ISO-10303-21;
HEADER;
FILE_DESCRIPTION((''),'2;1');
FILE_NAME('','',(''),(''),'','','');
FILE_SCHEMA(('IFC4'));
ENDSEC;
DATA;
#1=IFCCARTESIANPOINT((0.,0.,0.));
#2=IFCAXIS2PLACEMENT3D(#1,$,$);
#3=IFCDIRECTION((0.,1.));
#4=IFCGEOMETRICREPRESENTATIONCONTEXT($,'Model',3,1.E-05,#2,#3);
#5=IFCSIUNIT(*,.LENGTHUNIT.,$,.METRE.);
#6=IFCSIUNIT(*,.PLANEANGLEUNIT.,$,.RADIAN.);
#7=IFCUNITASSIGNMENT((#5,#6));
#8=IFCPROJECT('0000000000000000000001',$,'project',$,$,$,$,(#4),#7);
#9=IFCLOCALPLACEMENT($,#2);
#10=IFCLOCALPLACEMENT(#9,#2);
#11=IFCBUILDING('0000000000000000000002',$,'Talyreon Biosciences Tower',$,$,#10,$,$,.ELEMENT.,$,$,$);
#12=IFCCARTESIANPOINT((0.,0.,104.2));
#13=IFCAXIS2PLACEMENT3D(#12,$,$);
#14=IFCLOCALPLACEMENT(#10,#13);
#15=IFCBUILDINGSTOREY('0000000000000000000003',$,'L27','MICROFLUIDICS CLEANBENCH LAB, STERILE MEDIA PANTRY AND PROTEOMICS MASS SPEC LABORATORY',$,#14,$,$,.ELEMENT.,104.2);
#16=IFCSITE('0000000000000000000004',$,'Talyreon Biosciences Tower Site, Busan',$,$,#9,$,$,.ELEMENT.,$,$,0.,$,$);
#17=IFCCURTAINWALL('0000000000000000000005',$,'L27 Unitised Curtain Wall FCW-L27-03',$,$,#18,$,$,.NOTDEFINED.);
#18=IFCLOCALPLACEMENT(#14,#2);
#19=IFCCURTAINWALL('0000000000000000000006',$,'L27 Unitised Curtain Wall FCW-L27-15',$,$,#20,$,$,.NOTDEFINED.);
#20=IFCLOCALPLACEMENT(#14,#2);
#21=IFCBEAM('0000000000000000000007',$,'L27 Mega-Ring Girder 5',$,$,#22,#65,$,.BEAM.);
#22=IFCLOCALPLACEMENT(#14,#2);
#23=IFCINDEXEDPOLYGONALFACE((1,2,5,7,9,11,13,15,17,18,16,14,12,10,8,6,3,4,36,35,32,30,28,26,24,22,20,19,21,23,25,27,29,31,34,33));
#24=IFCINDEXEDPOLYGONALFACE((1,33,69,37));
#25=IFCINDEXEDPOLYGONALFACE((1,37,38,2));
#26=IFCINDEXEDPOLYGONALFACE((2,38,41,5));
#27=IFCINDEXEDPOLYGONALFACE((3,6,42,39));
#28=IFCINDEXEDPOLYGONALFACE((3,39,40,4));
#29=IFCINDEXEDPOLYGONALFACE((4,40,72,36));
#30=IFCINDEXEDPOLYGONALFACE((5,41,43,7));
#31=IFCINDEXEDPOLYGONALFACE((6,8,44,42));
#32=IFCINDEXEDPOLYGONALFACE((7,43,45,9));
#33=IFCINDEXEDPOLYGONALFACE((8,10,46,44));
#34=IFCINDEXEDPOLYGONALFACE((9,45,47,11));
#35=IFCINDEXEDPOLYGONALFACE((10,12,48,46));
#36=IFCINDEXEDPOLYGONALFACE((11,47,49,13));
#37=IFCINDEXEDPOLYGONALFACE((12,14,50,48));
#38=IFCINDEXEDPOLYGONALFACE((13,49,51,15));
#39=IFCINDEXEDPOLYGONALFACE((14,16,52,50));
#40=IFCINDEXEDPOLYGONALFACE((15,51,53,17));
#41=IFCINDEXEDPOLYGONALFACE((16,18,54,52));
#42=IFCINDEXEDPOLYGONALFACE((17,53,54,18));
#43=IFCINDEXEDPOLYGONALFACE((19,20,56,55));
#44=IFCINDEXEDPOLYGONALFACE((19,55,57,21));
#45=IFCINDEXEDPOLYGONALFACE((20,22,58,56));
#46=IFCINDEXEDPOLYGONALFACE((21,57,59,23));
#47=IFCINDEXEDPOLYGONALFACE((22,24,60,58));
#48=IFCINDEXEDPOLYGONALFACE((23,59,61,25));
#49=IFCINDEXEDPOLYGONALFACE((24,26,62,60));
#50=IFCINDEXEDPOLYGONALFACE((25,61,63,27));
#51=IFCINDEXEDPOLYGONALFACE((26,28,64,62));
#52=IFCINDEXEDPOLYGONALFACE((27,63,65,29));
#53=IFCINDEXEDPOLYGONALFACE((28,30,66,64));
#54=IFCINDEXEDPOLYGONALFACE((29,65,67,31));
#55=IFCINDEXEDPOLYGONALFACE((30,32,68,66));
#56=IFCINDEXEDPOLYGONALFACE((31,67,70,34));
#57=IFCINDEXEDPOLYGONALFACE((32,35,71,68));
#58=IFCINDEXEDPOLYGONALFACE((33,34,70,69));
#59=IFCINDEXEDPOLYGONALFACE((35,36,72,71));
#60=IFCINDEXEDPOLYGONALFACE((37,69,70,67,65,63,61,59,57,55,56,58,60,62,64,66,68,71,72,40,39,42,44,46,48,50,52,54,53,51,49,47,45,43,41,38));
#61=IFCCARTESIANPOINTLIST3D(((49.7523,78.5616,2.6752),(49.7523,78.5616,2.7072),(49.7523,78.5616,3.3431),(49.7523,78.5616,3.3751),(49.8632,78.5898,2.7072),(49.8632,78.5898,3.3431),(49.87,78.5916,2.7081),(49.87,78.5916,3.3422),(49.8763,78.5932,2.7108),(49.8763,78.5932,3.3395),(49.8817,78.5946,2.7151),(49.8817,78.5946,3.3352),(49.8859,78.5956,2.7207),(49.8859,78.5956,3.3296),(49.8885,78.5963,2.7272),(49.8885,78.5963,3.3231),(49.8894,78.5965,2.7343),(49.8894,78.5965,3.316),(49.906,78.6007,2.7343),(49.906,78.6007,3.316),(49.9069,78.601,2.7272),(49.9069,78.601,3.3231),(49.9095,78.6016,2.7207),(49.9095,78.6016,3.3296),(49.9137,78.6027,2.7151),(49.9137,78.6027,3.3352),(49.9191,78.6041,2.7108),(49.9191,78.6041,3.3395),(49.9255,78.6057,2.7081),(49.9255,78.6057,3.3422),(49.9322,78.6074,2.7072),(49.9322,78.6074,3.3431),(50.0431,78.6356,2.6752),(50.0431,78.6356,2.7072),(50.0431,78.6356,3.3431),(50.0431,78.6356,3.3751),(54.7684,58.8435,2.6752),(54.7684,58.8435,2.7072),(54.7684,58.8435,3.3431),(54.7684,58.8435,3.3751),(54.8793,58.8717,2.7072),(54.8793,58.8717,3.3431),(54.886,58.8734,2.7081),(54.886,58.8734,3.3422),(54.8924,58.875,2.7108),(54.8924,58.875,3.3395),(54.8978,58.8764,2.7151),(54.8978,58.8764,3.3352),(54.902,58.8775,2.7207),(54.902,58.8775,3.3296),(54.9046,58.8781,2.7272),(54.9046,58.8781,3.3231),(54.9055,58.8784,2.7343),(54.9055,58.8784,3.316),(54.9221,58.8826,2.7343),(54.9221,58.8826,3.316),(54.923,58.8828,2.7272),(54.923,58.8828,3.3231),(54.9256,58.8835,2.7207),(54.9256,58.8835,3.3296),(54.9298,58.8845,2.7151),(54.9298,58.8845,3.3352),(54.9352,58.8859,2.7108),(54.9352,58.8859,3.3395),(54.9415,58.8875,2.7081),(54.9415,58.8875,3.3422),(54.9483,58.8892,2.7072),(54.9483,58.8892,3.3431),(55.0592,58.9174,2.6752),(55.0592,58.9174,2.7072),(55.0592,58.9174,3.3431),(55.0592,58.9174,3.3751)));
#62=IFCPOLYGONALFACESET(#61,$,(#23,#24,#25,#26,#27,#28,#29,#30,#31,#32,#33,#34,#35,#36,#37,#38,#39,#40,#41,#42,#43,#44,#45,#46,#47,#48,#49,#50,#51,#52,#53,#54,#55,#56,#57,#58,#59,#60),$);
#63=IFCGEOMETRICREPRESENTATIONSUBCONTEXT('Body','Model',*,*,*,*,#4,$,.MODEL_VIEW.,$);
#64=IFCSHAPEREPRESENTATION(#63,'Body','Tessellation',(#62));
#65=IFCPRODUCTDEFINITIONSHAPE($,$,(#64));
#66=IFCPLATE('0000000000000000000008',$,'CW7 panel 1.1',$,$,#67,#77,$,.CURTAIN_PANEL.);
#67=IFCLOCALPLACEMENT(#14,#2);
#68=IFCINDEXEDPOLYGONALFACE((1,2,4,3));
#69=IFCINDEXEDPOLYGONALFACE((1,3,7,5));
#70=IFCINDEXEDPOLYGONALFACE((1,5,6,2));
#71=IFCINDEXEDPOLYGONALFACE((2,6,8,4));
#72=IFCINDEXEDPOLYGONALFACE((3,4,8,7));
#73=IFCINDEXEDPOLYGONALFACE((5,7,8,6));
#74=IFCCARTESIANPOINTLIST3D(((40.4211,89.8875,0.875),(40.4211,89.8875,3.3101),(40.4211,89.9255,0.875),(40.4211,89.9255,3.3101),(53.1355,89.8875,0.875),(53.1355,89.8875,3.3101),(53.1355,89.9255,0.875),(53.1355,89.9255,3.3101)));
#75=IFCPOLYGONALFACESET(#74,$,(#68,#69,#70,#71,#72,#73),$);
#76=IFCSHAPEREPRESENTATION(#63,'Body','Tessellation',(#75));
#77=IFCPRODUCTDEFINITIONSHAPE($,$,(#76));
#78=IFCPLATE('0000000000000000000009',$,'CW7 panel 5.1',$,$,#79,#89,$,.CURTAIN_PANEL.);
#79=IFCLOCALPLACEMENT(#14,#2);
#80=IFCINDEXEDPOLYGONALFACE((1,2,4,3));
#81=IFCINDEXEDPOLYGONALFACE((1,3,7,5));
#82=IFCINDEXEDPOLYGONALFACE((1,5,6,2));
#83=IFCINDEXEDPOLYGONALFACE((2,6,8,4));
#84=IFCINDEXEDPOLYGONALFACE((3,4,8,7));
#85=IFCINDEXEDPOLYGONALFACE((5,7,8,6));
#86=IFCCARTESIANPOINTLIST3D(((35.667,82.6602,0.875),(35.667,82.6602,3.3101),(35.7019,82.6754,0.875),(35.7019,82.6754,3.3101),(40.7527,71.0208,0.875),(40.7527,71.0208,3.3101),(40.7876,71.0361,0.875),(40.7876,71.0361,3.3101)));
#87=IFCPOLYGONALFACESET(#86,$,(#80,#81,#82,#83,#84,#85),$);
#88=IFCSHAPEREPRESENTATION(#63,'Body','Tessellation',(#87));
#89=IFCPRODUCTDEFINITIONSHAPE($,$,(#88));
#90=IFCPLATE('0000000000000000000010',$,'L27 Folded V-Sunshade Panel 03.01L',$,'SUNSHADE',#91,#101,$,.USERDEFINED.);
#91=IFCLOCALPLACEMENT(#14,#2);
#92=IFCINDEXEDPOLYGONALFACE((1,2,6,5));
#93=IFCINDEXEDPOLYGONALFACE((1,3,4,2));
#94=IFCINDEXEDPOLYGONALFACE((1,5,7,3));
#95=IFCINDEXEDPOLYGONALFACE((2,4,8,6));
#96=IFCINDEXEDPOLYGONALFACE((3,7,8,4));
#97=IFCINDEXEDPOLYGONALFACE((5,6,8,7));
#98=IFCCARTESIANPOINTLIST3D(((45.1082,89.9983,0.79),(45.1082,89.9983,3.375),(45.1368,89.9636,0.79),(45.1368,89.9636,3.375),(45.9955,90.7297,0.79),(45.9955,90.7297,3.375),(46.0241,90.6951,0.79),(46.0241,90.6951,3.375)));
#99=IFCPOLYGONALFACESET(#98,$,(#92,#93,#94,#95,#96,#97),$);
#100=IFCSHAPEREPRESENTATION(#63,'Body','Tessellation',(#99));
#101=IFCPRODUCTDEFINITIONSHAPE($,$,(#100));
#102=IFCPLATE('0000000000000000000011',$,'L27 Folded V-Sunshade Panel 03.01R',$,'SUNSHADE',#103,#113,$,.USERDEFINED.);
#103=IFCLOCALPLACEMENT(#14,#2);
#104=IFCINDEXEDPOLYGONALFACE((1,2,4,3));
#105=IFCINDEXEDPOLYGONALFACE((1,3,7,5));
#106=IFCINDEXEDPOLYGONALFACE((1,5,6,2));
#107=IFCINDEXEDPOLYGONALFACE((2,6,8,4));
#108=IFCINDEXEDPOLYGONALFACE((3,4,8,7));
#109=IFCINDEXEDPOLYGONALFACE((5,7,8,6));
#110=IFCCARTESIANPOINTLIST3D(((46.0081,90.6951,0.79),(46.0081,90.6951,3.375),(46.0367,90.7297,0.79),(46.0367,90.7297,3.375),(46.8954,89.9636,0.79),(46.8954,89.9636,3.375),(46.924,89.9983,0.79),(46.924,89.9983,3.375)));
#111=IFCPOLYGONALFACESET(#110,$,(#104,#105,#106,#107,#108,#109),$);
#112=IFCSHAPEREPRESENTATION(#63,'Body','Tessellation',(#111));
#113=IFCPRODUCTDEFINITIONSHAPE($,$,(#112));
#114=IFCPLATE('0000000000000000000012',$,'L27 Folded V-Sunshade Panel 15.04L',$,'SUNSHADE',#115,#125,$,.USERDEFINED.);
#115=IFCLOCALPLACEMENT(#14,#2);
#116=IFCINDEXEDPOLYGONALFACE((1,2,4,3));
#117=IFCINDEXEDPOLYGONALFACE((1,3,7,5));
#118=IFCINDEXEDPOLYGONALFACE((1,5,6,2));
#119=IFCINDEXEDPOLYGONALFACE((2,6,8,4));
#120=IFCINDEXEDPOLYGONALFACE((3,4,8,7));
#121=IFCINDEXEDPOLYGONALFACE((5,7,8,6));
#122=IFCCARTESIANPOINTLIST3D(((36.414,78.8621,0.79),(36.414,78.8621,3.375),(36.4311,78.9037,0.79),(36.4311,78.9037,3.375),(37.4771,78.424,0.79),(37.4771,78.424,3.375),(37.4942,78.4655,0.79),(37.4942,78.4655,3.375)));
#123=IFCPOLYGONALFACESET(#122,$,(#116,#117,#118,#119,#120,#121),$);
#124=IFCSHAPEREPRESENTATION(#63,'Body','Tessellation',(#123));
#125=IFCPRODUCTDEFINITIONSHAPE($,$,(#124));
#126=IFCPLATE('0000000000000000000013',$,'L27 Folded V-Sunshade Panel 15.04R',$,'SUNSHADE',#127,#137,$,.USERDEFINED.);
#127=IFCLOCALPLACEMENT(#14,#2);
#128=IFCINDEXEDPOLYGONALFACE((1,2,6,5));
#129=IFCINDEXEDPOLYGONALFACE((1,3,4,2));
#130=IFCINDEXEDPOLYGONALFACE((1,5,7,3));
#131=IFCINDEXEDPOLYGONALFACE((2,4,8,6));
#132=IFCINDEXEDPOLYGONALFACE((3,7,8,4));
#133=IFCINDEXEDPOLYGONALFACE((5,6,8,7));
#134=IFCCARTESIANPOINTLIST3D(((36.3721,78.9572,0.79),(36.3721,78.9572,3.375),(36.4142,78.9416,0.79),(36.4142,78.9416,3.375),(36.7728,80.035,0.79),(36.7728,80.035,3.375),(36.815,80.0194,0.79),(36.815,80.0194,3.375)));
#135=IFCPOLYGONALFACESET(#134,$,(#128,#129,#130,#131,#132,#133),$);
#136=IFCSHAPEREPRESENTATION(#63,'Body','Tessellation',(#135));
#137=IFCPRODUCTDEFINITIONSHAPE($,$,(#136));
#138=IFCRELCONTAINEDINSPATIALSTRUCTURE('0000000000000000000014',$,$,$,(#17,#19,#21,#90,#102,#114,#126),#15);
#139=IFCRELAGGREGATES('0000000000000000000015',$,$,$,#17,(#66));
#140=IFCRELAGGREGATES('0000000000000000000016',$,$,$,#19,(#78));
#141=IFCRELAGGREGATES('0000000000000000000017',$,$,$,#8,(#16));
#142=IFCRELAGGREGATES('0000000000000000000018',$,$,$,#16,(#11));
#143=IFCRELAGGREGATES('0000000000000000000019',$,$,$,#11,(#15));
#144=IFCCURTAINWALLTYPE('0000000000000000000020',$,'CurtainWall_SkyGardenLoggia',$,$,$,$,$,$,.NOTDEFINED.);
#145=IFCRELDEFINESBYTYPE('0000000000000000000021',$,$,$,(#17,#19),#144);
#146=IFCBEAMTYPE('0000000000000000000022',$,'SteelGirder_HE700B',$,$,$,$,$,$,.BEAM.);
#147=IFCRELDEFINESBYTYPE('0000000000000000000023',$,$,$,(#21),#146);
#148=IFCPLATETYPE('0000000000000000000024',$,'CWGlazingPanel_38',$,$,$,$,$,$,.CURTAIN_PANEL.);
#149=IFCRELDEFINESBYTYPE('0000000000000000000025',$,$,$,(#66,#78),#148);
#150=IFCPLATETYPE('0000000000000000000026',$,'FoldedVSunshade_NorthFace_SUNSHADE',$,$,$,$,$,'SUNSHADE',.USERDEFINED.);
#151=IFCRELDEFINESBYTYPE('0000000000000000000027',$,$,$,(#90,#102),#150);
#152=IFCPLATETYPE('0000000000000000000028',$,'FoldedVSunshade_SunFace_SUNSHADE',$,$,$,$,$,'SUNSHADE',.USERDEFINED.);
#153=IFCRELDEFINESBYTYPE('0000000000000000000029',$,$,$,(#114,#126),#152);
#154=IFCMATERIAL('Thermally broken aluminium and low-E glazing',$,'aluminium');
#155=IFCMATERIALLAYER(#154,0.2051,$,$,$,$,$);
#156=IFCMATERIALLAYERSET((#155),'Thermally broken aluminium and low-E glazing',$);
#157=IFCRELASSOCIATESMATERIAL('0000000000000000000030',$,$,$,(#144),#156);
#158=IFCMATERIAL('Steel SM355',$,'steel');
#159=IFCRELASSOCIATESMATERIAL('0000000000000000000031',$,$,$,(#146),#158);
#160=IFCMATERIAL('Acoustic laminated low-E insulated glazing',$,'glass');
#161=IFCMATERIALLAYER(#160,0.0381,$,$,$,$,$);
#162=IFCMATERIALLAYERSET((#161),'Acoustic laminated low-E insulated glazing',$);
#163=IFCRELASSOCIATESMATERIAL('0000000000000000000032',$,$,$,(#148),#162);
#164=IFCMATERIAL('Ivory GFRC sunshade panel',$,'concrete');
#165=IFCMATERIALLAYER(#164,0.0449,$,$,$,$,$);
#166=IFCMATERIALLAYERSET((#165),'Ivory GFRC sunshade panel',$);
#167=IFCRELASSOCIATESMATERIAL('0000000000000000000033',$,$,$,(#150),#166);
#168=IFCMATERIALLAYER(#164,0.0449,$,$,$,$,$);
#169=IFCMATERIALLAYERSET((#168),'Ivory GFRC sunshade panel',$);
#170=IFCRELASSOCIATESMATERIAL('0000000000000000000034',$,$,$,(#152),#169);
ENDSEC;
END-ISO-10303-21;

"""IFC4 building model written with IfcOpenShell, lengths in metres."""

from ifc_helpers import new_model, si_unit, direction, frame, origin, origin_2d, place, context, subcontext, project, spatial, rectangle, i_section, extrude, material, layer, layer_set, material_profile, profile_set, type_object, element, aggregate, save


model = new_model("IFC4")

# Units and contexts
model_context = context("Model", 3, precision=1e-05, world=origin(), true_north=direction((0.0, 1.0)))
body_context = subcontext(model_context, "Body", "Model", "MODEL_VIEW")
ifc_project = project(units=[si_unit("LENGTHUNIT", "METRE"), si_unit("PLANEANGLEUNIT", "RADIAN")], contexts=[model_context])

# Site, building, storey
site_placement = place(None, origin())
site = spatial("IfcSite", under=ifc_project, at=site_placement, Name="Talyreon Biosciences Tower Site, Busan", CompositionType="ELEMENT", RefElevation=0.0)
building_placement = place(site_placement, origin())
building = spatial("IfcBuilding", under=site, at=building_placement, Name="Talyreon Biosciences Tower", CompositionType="ELEMENT")
storey_placement = place(building_placement, frame((0.0, 0.0, 104.2)))
storey = spatial("IfcBuildingStorey", under=building, at=storey_placement, Name="L27", Description="MICROFLUIDICS CLEANBENCH LAB, STERILE MEDIA PANTRY AND PROTEOMICS MASS SPEC LABORATORY", CompositionType="ELEMENT", Elevation=104.2)

# Curtain wall
ifc_material_1 = material(Name="Thermally broken aluminium and low-E glazing", Category="aluminium")
ifc_layer_1 = layer(ifc_material_1, 0.2051)
ifc_layer_set_1 = layer_set([ifc_layer_1], Name="Thermally broken aluminium and low-E glazing")
curtain_wall_type = type_object("IfcCurtainWallType", Name="CurtainWall_SkyGardenLoggia", PredefinedType="NOTDEFINED", material=ifc_layer_set_1)
curtain_wall_1_placement = place(storey_placement, origin())
curtain_wall_1 = element("IfcCurtainWall", 1, at=curtain_wall_1_placement, inside=storey, type_object=curtain_wall_type, Name="L27 Unitised Curtain Wall FCW-L27-03", PredefinedType="NOTDEFINED")

# Curtain wall
curtain_wall_2_placement = place(storey_placement, origin())
curtain_wall_2 = element("IfcCurtainWall", 2, at=curtain_wall_2_placement, inside=storey, type_object=curtain_wall_type, Name="L27 Unitised Curtain Wall FCW-L27-15", PredefinedType="NOTDEFINED")

# Beam
ifc_material_2 = material(Name="Steel SM355", Category="steel")
ifc_material_profile_1 = material_profile(ifc_material_2, i_section(OverallWidth=0.3, OverallDepth=0.7, WebThickness=0.0171, FlangeThickness=0.032, FilletRadius=0.0271, at=origin_2d()), Name="HE700B")
ifc_profile_set_1 = profile_set([ifc_material_profile_1], Name="Steel SM355")
beam_type_1 = type_object("IfcBeamType", Name="SteelGirder_HE700B", PredefinedType="BEAM", material=ifc_profile_set_1)
beam_1_placement = place(storey_placement, frame((49.8977, 78.5986, 3.0251), z_axis=(0.246537, -0.969133, 0.0), x_axis=(0.969133, 0.246537, 0.0)))
element("IfcBeam", 3, at=beam_1_placement, inside=storey, type_object=beam_type_1, Name="L27 Mega-Ring Girder 5", PredefinedType="BEAM", context=body_context, shape_type="SweptSolid", body=[
    extrude(i_section(OverallWidth=0.3, OverallDepth=0.7, WebThickness=0.0171, FlangeThickness=0.032, FilletRadius=0.0271, at=origin_2d()), origin(), (0.0, 0.0, 1.0), 20.3462),
])

# Plates
ifc_material_3 = material(Name="Acoustic laminated low-E insulated glazing", Category="glass")
ifc_layer_2 = layer(ifc_material_3, 0.0381)
ifc_layer_set_2 = layer_set([ifc_layer_2], Name="Acoustic laminated low-E insulated glazing")
plate_type_1 = type_object("IfcPlateType", Name="CWGlazingPanel_38", PredefinedType="CURTAIN_PANEL", material=ifc_layer_set_2)
plate_1_placement = place(storey_placement, frame((46.7783, 89.9065, 0.875), z_axis=(0.0, 0.0, 1.0), x_axis=(1.0, 0.0, 0.0)))
plate_1 = element("IfcPlate", 4, at=plate_1_placement, type_object=plate_type_1, Name="CW7 panel 1.1", PredefinedType="CURTAIN_PANEL", context=body_context, shape_type="SweptSolid", body=[
    extrude(rectangle(XDim=12.7144, YDim=0.0381, at=origin_2d()), origin(), (0.0, 0.0, 1.0), 2.4351),
])
aggregate(curtain_wall_1, [plate_1])
plate_2_placement = place(storey_placement, frame((38.2273, 76.8481, 0.875), z_axis=(0.0, 0.0, 1.0), x_axis=(-0.400387, 0.916346, 0.0)))
plate_2 = element("IfcPlate", 5, at=plate_2_placement, type_object=plate_type_1, Name="CW7 panel 5.1", PredefinedType="CURTAIN_PANEL", context=body_context, shape_type="SweptSolid", body=[
    extrude(rectangle(XDim=12.7019, YDim=0.0381, at=origin_2d()), origin(), (0.0, 0.0, 1.0), 2.4351),
])
aggregate(curtain_wall_2, [plate_2])

# Plates
ifc_material_4 = material(Name="Ivory GFRC sunshade panel", Category="concrete")
ifc_layer_3 = layer(ifc_material_4, 0.0449)
ifc_layer_set_3 = layer_set([ifc_layer_3], Name="Ivory GFRC sunshade panel")
plate_type_2 = type_object("IfcPlateType", Name="FoldedVSunshade_NorthFace_SUNSHADE", ElementType="SUNSHADE", PredefinedType="USERDEFINED", material=ifc_layer_set_3)
for number, where, z_axis, x_axis, name in (
    (6, (45.5662, 90.3467, 0.79), (0.0, 0.0, 1.0), (0.771625, 0.636078, 0.0), "L27 Folded V-Sunshade Panel 03.01L"),
    (7, (46.4661, 90.3467, 0.79), (0.0, 0.0, 1.0), (0.771625, -0.636078, 0.0), "L27 Folded V-Sunshade Panel 03.01R"),
):
    element("IfcPlate", number, at=place(storey_placement, frame(where, z_axis=z_axis, x_axis=x_axis)), inside=storey, type_object=plate_type_2, Name=name, ObjectType="SUNSHADE", PredefinedType="USERDEFINED", context=body_context, shape_type="SweptSolid", body=[
        extrude(rectangle(XDim=1.1499, YDim=0.0449, at=origin_2d()), origin(), (0.0, 0.0, 1.0), 2.585),
    ])
ifc_layer_4 = layer(ifc_material_4, 0.0449)
ifc_layer_set_4 = layer_set([ifc_layer_4], Name="Ivory GFRC sunshade panel")
plate_type_3 = type_object("IfcPlateType", Name="FoldedVSunshade_SunFace_SUNSHADE", ElementType="SUNSHADE", PredefinedType="USERDEFINED", material=ifc_layer_set_4)
for number, where, z_axis, x_axis, name in (
    (8, (36.9541, 78.6638, 0.79), (0.0, 0.0, 1.0), (-0.924559, 0.381038, 0.0), "L27 Folded V-Sunshade Panel 15.04L"),
    (9, (36.5935, 79.4883, 0.79), (0.0, 0.0, 1.0), (0.348539, 0.937294, 0.0), "L27 Folded V-Sunshade Panel 15.04R"),
):
    element("IfcPlate", number, at=place(storey_placement, frame(where, z_axis=z_axis, x_axis=x_axis)), inside=storey, type_object=plate_type_3, Name=name, ObjectType="SUNSHADE", PredefinedType="USERDEFINED", context=body_context, shape_type="SweptSolid", body=[
        extrude(rectangle(XDim=1.1499, YDim=0.0449, at=origin_2d()), origin(), (0.0, 0.0, 1.0), 2.585),
    ])

save(model, "model.ifc")
